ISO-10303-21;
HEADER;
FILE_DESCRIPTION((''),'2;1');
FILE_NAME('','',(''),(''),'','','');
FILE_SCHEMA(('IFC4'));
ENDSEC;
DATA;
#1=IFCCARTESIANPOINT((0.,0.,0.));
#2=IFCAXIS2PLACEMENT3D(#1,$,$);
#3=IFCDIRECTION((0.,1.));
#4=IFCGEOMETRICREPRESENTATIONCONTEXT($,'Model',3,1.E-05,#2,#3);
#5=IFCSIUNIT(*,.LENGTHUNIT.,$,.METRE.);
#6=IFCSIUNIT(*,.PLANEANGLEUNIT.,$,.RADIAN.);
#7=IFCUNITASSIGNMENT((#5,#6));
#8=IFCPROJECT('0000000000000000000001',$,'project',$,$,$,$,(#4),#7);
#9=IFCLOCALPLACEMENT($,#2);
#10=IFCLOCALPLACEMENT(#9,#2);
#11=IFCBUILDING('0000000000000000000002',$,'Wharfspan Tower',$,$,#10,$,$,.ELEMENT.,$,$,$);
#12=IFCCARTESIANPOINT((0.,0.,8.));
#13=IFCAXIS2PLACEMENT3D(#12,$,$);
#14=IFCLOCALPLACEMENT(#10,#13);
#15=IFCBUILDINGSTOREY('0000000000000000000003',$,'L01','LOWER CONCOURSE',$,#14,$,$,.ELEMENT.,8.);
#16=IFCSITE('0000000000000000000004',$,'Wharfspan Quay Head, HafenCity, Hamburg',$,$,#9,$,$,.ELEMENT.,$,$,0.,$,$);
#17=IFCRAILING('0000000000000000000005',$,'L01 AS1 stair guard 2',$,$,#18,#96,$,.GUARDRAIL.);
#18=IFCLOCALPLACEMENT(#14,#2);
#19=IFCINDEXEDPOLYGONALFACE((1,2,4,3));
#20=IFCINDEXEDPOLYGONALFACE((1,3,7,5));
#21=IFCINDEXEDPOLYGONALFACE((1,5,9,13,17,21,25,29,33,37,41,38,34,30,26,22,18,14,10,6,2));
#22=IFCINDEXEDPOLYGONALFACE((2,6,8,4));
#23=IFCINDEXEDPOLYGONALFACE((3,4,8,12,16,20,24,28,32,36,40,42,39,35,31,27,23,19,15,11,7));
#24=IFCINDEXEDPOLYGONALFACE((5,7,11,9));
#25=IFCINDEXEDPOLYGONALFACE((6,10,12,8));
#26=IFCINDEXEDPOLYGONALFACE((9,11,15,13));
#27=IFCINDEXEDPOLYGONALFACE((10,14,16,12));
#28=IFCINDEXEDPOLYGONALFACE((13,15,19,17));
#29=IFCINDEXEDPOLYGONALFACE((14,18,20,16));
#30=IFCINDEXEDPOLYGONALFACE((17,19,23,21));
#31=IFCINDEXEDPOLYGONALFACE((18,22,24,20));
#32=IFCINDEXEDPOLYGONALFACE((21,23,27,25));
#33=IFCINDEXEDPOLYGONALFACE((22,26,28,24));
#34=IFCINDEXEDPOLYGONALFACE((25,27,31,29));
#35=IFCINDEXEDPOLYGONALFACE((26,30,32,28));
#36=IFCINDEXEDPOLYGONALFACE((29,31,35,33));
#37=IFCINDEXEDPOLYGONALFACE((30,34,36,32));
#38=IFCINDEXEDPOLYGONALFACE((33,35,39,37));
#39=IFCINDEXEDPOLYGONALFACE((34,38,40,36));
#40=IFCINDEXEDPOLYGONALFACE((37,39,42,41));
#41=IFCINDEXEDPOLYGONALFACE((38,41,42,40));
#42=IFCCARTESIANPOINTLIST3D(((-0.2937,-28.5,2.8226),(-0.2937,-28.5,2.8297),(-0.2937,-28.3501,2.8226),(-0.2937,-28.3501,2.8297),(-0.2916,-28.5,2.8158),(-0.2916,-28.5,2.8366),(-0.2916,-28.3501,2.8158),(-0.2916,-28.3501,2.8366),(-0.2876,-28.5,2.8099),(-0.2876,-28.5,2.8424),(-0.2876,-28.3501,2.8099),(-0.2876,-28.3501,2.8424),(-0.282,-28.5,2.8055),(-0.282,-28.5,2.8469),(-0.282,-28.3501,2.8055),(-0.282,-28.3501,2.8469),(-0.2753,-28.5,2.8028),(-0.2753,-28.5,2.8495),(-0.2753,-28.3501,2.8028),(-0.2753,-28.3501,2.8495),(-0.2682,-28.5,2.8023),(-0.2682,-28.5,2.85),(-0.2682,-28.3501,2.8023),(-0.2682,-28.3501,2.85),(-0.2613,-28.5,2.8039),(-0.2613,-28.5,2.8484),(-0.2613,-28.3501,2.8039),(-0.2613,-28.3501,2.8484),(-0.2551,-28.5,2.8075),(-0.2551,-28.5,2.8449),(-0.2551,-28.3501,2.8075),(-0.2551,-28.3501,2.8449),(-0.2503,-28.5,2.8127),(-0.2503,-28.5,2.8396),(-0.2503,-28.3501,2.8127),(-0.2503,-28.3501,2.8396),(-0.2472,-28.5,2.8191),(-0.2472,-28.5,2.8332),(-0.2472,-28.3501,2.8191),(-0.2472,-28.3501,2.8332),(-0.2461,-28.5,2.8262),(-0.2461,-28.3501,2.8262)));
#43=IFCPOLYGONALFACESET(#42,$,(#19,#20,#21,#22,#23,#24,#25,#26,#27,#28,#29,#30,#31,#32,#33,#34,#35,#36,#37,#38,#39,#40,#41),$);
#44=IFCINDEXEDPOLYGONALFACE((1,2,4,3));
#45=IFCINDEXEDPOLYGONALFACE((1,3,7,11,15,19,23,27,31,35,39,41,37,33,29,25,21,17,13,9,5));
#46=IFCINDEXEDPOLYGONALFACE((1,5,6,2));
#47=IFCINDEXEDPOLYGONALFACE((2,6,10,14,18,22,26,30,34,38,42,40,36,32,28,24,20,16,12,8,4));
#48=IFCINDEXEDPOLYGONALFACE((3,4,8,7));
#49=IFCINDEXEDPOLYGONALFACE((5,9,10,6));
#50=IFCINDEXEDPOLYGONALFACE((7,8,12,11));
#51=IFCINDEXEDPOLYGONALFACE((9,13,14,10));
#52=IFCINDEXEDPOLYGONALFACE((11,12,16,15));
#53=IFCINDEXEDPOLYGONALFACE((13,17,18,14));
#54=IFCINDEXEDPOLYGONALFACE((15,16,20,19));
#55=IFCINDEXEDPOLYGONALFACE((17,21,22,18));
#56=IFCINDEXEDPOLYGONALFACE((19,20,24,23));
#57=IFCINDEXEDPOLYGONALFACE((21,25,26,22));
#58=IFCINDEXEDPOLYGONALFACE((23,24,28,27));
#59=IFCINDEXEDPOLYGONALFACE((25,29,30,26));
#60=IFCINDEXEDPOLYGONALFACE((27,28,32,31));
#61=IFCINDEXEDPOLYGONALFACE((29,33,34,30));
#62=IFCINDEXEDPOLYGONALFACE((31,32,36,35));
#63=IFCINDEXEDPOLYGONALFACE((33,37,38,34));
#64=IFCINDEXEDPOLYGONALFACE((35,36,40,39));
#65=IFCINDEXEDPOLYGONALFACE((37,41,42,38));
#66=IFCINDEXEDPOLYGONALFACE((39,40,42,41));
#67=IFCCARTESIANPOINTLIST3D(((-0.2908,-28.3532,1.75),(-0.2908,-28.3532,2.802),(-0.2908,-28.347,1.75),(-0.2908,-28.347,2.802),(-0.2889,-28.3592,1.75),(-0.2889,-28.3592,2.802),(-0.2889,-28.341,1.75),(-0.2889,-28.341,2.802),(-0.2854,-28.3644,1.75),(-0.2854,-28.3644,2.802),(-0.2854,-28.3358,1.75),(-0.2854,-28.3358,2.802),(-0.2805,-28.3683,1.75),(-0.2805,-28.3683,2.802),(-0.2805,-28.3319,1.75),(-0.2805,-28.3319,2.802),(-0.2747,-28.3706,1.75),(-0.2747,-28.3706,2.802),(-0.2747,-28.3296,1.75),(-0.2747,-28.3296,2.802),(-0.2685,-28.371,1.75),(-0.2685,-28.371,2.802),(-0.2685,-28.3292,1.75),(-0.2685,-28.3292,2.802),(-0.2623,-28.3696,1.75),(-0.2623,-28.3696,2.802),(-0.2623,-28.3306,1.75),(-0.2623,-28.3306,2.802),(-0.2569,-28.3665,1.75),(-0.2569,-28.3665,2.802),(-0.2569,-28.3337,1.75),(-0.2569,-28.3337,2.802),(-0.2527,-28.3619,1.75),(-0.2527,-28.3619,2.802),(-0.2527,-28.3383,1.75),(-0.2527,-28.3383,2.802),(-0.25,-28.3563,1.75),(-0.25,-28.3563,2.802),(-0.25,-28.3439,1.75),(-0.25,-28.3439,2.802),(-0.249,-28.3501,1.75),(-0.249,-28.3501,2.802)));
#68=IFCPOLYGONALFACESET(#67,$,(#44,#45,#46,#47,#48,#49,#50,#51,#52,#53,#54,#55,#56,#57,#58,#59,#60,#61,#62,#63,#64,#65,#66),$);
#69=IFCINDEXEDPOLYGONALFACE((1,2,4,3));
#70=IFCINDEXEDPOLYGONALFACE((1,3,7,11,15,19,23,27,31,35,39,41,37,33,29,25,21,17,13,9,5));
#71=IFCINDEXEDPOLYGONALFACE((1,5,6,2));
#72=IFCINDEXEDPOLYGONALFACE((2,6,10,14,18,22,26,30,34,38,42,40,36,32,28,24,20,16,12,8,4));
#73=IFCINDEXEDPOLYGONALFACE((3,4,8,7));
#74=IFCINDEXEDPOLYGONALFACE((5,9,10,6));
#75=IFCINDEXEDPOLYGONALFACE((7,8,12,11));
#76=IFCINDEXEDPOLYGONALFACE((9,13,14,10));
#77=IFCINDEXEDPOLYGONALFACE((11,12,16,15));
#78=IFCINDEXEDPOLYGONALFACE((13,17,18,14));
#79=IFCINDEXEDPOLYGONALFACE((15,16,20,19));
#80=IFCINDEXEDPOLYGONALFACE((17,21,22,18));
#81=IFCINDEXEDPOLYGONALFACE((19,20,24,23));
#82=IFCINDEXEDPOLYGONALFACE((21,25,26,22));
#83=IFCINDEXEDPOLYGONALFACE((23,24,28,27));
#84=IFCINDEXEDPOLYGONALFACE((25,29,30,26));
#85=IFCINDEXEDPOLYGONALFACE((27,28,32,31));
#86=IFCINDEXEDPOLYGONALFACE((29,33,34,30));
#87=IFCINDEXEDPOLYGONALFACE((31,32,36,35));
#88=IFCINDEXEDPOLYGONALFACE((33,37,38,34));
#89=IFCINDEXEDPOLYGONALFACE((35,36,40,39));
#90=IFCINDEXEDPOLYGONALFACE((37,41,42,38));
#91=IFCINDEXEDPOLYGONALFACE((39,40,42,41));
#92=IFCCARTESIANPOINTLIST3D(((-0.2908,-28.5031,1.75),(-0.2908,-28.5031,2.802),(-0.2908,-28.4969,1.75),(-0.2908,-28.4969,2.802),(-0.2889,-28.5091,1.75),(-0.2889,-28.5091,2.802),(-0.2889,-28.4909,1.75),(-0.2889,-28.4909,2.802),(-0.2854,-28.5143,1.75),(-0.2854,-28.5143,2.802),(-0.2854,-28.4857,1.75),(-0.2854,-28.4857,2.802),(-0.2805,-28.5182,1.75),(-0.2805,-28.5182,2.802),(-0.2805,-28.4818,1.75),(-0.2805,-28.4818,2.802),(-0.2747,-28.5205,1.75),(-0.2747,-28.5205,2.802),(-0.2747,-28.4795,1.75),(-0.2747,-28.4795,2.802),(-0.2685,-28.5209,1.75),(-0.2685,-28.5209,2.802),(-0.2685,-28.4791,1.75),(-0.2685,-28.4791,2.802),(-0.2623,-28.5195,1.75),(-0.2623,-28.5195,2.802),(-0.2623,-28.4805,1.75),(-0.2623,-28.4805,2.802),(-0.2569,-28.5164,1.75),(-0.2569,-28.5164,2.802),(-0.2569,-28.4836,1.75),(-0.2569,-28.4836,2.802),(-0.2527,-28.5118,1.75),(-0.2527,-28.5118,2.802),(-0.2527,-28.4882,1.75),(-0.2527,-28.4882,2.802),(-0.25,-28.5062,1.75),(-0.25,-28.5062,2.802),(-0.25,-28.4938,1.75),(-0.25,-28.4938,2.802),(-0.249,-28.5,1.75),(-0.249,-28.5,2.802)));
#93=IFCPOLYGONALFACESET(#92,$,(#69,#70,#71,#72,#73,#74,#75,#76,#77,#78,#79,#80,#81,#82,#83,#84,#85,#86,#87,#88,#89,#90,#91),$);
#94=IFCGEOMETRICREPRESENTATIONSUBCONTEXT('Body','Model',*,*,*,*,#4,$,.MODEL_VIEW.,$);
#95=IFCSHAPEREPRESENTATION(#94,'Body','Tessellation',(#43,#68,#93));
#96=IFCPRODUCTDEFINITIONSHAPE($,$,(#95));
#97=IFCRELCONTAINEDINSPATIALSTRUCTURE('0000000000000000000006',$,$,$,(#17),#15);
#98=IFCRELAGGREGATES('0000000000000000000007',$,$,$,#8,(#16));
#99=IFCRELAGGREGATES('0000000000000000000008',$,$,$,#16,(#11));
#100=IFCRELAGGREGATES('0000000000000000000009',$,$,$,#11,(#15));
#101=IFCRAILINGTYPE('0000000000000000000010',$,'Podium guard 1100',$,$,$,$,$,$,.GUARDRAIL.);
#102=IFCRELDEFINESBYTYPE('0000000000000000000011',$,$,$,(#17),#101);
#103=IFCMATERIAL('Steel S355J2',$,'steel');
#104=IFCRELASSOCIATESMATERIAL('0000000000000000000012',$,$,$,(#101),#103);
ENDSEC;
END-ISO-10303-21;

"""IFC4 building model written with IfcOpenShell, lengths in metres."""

from ifc_helpers import new_model, si_unit, direction, frame, origin, origin_2d, place, context, subcontext, project, spatial, circle, extrude, material, type_object, element, save


model = new_model("IFC4")

# Units and contexts
model_context = context("Model", 3, precision=1e-05, world=origin(), true_north=direction((0.0, 1.0)))
body_context = subcontext(model_context, "Body", "Model", "MODEL_VIEW")
ifc_project = project(units=[si_unit("LENGTHUNIT", "METRE"), si_unit("PLANEANGLEUNIT", "RADIAN")], contexts=[model_context])

# Site, building, storey
site_placement = place(None, origin())
site = spatial("IfcSite", under=ifc_project, at=site_placement, Name="Wharfspan Quay Head, HafenCity, Hamburg", CompositionType="ELEMENT", RefElevation=0.0)
building_placement = place(site_placement, origin())
building = spatial("IfcBuilding", under=site, at=building_placement, Name="Wharfspan Tower", CompositionType="ELEMENT")
storey_placement = place(building_placement, frame((0.0, 0.0, 8.0)))
storey = spatial("IfcBuildingStorey", under=building, at=storey_placement, Name="L01", Description="LOWER CONCOURSE", CompositionType="ELEMENT", Elevation=8.0)

# Railing
ifc_material_1 = material(Name="Steel S355J2", Category="steel")
railing_type_1 = type_object("IfcRailingType", Name="Podium guard 1100", PredefinedType="GUARDRAIL", material=ifc_material_1)
railing_1_placement = place(storey_placement, frame((-0.27, -28.3501, 1.75)))
element("IfcRailing", 1, at=railing_1_placement, inside=storey, type_object=railing_type_1, Name="L01 AS1 stair guard 2", PredefinedType="GUARDRAIL", context=body_context, shape_type="SweptSolid", body=[
    extrude(circle(Radius=0.0239, at=origin_2d()), frame((0.0, 0.0, 1.0762), z_axis=(0.0, -1.0, 0.0), x_axis=(1.0, 0.0, 0.0)), (0.0, 0.0, 1.0), 0.1499),
    extrude(circle(Radius=0.021, at=origin_2d()), origin(), (0.0, 0.0, 1.0), 1.052),
    extrude(circle(Radius=0.021, at=origin_2d()), frame((0.0, -0.1499, 0.0)), (0.0, 0.0, 1.0), 1.052),
])

save(model, "model.ifc")
